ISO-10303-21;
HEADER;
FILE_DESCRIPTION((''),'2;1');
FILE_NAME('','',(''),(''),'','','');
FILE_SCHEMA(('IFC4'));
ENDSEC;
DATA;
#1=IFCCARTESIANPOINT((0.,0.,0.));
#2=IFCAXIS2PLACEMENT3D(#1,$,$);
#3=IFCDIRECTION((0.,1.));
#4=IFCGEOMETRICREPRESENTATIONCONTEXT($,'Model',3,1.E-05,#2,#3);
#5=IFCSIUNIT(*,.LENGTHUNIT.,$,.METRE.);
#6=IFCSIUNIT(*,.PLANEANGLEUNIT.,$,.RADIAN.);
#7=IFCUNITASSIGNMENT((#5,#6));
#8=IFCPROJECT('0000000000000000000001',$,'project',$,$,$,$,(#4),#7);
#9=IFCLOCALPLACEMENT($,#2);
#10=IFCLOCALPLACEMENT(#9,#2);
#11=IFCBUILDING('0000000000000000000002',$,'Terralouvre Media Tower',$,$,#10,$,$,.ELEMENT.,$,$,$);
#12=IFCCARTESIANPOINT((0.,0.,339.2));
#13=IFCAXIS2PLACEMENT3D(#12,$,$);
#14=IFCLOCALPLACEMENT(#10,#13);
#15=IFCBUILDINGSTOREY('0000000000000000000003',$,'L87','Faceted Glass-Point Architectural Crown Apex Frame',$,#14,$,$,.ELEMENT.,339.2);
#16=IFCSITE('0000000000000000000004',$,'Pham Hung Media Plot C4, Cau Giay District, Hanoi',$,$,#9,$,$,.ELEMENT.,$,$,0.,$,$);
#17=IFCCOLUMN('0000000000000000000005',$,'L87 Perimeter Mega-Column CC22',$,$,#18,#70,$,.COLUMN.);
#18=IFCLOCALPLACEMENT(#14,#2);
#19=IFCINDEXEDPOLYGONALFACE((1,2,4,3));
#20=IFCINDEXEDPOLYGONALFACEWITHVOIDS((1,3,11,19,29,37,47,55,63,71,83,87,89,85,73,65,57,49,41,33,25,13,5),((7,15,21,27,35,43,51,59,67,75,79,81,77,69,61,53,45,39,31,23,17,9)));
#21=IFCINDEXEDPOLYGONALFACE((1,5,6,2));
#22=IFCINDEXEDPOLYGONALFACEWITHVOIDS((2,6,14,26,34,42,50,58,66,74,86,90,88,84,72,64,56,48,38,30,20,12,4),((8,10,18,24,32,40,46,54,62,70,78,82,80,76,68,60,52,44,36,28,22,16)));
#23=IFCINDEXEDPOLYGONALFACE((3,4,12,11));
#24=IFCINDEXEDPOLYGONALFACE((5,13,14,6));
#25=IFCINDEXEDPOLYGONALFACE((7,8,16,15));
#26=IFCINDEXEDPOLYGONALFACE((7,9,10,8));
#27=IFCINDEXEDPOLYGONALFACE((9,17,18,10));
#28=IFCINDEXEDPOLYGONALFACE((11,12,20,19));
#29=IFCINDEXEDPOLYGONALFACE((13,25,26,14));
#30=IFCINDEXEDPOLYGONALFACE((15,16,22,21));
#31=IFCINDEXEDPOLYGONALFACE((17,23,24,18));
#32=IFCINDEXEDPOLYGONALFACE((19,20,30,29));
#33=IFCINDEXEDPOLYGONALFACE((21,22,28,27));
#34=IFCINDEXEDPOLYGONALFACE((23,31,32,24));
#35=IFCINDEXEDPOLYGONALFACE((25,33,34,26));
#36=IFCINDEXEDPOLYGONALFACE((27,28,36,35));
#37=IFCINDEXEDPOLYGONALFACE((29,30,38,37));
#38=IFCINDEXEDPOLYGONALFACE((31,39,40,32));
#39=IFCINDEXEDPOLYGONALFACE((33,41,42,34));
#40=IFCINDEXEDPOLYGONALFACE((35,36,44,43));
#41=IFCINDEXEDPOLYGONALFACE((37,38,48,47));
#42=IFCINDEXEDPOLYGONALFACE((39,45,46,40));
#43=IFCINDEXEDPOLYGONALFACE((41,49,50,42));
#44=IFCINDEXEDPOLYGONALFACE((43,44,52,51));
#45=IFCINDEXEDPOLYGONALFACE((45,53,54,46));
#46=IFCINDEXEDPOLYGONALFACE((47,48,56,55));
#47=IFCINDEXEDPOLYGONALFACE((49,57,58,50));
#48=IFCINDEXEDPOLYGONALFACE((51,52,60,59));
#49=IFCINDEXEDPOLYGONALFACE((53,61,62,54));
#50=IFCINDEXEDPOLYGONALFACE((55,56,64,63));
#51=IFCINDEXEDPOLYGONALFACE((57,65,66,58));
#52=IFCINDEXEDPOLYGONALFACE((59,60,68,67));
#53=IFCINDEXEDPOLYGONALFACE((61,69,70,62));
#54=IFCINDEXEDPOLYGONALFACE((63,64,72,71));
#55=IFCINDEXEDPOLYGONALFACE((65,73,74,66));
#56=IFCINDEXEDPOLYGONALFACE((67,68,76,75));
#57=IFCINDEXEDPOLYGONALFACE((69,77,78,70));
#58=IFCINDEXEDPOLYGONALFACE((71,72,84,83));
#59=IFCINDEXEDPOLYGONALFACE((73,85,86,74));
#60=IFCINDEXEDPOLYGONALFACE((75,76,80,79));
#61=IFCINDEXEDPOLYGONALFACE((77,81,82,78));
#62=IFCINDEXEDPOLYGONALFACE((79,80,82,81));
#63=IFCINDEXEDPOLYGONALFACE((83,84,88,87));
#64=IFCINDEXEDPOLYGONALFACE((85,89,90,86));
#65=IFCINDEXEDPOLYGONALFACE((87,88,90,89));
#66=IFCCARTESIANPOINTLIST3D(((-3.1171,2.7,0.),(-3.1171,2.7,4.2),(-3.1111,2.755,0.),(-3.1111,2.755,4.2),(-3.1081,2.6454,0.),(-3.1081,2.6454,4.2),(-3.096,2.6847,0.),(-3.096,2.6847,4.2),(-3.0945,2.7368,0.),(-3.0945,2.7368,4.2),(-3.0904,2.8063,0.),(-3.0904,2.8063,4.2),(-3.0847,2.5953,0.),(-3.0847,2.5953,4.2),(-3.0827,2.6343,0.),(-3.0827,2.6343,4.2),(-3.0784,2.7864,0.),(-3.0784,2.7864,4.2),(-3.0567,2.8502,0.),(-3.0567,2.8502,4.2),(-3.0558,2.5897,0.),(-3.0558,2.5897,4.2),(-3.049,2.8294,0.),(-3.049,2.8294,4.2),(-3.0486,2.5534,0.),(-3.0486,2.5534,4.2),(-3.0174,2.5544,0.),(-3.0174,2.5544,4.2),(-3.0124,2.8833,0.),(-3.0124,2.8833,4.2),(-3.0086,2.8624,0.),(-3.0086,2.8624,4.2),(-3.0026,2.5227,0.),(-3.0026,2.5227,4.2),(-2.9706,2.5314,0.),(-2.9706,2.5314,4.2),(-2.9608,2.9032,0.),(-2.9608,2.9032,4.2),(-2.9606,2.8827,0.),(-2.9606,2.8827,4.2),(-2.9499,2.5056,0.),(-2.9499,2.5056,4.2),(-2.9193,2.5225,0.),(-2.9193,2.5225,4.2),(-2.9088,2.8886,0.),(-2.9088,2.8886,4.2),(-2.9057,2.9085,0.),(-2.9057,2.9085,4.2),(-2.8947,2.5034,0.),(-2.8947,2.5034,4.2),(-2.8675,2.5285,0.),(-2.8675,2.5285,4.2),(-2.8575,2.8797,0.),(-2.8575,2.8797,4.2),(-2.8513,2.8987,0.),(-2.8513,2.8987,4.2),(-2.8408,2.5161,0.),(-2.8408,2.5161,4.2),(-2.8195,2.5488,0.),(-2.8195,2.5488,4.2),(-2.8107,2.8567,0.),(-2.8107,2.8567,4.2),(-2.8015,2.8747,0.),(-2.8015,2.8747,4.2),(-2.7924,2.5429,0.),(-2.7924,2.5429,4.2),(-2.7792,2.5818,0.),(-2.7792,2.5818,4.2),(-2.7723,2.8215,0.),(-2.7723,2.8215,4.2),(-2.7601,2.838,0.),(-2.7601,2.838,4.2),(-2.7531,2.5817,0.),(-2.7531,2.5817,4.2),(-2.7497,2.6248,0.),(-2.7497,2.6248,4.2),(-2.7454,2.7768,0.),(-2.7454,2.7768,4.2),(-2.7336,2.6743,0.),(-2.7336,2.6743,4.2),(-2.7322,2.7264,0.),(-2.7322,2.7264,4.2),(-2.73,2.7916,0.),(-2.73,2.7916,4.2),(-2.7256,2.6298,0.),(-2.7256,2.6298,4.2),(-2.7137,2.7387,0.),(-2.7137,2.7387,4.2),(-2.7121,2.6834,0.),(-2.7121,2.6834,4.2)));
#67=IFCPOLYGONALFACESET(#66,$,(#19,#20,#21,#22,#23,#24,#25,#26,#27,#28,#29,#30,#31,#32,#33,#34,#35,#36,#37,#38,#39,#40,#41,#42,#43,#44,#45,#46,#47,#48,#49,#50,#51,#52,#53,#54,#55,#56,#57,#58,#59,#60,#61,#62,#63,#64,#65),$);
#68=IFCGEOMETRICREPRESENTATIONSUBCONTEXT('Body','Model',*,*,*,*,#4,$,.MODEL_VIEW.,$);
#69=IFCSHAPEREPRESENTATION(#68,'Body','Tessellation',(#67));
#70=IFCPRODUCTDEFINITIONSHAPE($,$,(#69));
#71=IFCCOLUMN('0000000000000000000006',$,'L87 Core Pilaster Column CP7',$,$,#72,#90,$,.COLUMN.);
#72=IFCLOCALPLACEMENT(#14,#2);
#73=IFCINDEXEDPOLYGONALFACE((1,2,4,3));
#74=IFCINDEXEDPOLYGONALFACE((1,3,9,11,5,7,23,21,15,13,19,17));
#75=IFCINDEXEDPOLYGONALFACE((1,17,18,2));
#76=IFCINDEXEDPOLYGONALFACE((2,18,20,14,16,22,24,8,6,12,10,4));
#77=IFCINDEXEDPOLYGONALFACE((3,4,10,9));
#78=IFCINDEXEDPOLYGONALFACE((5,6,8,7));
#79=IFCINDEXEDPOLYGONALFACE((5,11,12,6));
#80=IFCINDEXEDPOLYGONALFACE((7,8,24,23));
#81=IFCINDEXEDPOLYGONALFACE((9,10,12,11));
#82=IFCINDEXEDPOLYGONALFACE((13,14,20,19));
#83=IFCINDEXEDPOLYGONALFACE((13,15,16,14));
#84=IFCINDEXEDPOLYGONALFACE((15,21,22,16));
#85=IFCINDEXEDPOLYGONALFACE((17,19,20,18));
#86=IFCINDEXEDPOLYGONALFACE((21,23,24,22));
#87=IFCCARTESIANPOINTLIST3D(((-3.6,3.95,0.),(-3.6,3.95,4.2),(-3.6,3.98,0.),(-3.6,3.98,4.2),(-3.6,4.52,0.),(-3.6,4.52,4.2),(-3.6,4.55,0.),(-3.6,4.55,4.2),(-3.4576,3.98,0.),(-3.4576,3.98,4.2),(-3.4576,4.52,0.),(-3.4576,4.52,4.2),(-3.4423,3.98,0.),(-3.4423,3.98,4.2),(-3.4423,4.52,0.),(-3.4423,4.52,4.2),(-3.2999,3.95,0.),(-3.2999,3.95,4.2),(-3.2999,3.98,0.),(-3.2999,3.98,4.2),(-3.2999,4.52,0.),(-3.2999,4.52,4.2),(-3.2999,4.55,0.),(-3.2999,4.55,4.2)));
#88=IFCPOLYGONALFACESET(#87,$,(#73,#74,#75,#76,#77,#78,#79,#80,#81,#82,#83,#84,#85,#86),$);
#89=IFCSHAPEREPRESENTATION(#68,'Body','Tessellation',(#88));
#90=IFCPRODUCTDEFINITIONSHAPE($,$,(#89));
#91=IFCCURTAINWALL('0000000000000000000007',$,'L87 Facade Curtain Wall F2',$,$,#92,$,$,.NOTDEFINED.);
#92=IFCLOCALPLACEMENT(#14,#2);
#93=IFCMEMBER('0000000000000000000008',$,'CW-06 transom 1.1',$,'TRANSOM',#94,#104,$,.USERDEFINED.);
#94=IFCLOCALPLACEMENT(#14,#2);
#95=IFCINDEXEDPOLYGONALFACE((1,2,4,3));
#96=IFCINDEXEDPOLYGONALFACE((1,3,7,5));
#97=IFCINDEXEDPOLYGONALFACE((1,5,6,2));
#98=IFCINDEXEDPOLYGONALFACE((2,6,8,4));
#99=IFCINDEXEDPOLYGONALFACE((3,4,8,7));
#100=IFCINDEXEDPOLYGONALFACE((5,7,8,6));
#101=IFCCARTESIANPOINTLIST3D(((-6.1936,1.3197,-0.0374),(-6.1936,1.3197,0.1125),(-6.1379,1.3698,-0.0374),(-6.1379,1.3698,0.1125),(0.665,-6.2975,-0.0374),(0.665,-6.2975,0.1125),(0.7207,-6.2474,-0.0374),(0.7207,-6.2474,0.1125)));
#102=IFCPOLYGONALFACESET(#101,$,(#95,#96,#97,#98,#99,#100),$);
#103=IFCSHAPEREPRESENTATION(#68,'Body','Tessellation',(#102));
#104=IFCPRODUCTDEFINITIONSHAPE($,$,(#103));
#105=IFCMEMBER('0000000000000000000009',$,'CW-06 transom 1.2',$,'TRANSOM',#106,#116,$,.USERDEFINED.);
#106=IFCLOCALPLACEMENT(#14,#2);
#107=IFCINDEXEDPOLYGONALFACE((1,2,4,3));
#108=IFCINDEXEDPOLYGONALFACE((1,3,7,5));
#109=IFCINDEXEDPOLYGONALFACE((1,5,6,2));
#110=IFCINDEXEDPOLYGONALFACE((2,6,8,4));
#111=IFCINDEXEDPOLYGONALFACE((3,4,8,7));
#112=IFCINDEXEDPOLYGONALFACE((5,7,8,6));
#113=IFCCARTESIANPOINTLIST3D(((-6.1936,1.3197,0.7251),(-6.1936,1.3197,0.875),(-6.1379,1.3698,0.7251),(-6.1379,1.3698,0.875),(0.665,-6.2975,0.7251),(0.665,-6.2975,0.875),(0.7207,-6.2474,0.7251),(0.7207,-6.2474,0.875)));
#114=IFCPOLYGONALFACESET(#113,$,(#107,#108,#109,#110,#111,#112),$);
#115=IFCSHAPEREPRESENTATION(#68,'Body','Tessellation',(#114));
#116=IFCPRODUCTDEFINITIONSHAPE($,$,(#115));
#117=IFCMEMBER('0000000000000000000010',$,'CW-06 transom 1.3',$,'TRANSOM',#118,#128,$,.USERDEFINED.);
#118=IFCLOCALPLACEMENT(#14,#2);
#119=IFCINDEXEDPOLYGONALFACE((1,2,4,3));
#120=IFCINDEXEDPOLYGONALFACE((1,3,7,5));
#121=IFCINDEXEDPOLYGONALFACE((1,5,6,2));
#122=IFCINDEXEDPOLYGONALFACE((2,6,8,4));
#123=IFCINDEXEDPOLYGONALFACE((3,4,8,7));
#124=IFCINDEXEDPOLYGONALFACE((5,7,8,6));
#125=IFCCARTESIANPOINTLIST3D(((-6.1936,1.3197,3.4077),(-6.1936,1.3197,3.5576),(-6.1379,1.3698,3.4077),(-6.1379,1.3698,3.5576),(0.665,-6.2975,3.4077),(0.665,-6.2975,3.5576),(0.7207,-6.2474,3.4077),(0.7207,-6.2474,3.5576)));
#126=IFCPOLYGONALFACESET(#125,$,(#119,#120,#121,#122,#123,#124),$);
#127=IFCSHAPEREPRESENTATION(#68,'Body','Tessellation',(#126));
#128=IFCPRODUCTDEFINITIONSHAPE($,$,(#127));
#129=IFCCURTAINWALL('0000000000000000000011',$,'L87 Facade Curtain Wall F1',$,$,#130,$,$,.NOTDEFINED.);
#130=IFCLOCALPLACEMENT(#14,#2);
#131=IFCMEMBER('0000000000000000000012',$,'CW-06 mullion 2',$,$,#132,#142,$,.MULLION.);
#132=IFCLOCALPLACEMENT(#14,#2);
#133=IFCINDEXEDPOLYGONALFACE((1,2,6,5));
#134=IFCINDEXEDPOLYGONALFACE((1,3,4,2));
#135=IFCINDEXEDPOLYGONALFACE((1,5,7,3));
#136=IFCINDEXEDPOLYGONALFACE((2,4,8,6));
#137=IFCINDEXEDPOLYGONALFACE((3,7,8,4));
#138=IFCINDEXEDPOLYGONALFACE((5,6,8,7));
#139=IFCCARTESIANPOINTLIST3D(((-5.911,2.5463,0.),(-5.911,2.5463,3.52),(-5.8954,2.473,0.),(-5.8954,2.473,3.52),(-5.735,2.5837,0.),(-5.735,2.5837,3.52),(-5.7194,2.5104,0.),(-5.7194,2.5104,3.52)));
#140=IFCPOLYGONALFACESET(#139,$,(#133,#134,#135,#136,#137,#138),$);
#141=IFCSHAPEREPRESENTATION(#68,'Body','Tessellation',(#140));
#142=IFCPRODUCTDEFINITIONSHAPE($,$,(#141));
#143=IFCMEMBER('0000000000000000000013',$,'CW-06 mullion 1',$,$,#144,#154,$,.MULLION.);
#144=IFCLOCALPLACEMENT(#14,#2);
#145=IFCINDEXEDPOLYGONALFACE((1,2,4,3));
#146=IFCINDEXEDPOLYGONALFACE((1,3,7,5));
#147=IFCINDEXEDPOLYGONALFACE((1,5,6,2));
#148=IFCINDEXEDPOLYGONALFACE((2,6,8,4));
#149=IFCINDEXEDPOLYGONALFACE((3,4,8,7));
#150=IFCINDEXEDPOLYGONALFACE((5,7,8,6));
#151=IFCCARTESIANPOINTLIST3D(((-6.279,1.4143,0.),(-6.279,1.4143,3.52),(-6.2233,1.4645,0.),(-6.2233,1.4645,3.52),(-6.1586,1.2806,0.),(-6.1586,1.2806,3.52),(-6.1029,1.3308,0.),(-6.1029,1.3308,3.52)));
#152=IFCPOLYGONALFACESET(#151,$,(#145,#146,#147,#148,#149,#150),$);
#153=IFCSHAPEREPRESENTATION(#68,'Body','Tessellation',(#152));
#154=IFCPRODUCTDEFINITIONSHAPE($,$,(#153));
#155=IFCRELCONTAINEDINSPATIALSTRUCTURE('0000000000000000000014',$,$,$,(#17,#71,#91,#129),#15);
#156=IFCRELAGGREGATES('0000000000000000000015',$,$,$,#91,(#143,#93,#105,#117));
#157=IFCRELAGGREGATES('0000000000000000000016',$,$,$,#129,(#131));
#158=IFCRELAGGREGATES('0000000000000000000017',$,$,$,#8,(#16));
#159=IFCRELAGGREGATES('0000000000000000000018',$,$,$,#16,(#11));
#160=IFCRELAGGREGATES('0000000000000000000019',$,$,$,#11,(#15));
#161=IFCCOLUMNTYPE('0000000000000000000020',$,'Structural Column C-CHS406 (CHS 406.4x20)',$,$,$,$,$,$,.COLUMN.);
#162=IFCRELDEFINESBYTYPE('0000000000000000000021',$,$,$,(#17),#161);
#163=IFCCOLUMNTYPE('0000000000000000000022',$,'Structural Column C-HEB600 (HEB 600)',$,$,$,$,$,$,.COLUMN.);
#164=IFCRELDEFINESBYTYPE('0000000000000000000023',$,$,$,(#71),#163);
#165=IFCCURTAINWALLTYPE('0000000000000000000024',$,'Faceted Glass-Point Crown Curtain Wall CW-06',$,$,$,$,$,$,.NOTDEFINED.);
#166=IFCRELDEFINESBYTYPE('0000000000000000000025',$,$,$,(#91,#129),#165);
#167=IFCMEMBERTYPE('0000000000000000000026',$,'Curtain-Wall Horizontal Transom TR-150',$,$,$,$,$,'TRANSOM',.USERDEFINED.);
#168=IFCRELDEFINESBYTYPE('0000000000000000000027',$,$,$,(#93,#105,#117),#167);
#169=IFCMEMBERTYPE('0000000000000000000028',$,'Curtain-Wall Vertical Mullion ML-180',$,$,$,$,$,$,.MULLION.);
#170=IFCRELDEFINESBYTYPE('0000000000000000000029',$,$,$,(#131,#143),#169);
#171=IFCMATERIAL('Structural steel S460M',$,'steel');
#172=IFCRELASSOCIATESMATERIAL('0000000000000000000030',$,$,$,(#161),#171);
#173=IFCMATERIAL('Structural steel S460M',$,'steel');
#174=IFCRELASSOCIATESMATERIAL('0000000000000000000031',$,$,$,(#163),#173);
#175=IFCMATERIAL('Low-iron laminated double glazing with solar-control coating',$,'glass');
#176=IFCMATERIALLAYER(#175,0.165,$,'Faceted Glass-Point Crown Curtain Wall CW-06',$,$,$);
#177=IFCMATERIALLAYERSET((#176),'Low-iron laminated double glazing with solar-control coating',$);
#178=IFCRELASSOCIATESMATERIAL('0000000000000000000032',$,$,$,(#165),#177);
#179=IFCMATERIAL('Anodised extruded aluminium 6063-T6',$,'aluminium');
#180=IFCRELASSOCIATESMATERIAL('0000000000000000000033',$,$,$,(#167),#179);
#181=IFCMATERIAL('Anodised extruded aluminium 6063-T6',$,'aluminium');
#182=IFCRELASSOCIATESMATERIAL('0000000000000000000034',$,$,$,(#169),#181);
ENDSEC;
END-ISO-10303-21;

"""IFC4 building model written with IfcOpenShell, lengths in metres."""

from ifc_helpers import new_model, si_unit, direction, frame, origin, origin_2d, place, context, subcontext, project, spatial, rectangle, hollow_circle, i_section, extrude, material, layer, layer_set, material_profile, profile_set, type_object, element, aggregate, save


model = new_model("IFC4")

# Units and contexts
model_context = context("Model", 3, precision=1e-05, world=origin(), true_north=direction((0.0, 1.0)))
body_context = subcontext(model_context, "Body", "Model", "MODEL_VIEW")
ifc_project = project(units=[si_unit("LENGTHUNIT", "METRE"), si_unit("PLANEANGLEUNIT", "RADIAN")], contexts=[model_context])

# Site, building, storey
site_placement = place(None, origin())
site = spatial("IfcSite", under=ifc_project, at=site_placement, Name="Pham Hung Media Plot C4, Cau Giay District, Hanoi", CompositionType="ELEMENT", RefElevation=0.0)
building_placement = place(site_placement, origin())
building = spatial("IfcBuilding", under=site, at=building_placement, Name="Terralouvre Media Tower", CompositionType="ELEMENT")
storey_placement = place(building_placement, frame((0.0, 0.0, 339.2)))
storey = spatial("IfcBuildingStorey", under=building, at=storey_placement, Name="L87", Description="Faceted Glass-Point Architectural Crown Apex Frame", CompositionType="ELEMENT", Elevation=339.2)

# Columns
ifc_material_1 = material(Name="Structural steel S460M", Category="steel")
ifc_material_profile_1 = material_profile(ifc_material_1, hollow_circle(Radius=0.2031, WallThickness=0.02, at=origin_2d()), Name="CHS 406.4x20")
ifc_profile_set_1 = profile_set([ifc_material_profile_1], Name="Structural steel S460M")
column_type_1 = type_object("IfcColumnType", Name="Structural Column C-CHS406 (CHS 406.4x20)", PredefinedType="COLUMN", material=ifc_profile_set_1)
column_1_placement = place(storey_placement, frame((-2.9141, 2.7056, 0.0), z_axis=(0.0, 0.0, 1.0), x_axis=(0.309017, 0.951057, 0.0)))
element("IfcColumn", 1, at=column_1_placement, inside=storey, type_object=column_type_1, Name="L87 Perimeter Mega-Column CC22", PredefinedType="COLUMN", context=body_context, shape_type="SweptSolid", body=[
    extrude(hollow_circle(Radius=0.2031, WallThickness=0.02, at=origin_2d()), origin(), (0.0, 0.0, 1.0), 4.2),
])
ifc_material_2 = material(Name="Structural steel S460M", Category="steel")
ifc_material_profile_2 = material_profile(ifc_material_2, i_section(OverallWidth=0.3, OverallDepth=0.6001, WebThickness=0.0154, FlangeThickness=0.03, at=origin_2d()), Name="HEB 600")
ifc_profile_set_2 = profile_set([ifc_material_profile_2], Name="Structural steel S460M")
column_type_2 = type_object("IfcColumnType", Name="Structural Column C-HEB600 (HEB 600)", PredefinedType="COLUMN", material=ifc_profile_set_2)
column_2_placement = place(storey_placement, frame((-3.45, 4.25, 0.0), z_axis=(0.0, 0.0, 1.0), x_axis=(1.0, 0.0, 0.0)))
element("IfcColumn", 2, at=column_2_placement, inside=storey, type_object=column_type_2, Name="L87 Core Pilaster Column CP7", PredefinedType="COLUMN", context=body_context, shape_type="SweptSolid", body=[
    extrude(i_section(OverallWidth=0.3, OverallDepth=0.6001, WebThickness=0.0154, FlangeThickness=0.03, at=origin_2d()), origin(), (0.0, 0.0, 1.0), 4.2),
])

# Curtain wall, members
ifc_material_3 = material(Name="Low-iron laminated double glazing with solar-control coating", Category="glass")
ifc_layer_1 = layer(ifc_material_3, 0.165, Name="Faceted Glass-Point Crown Curtain Wall CW-06")
ifc_layer_set_1 = layer_set([ifc_layer_1], Name="Low-iron laminated double glazing with solar-control coating")
curtain_wall_type = type_object("IfcCurtainWallType", Name="Faceted Glass-Point Crown Curtain Wall CW-06", PredefinedType="NOTDEFINED", material=ifc_layer_set_1)
curtain_wall_1_placement = place(storey_placement, origin())
curtain_wall_1 = element("IfcCurtainWall", 3, at=curtain_wall_1_placement, inside=storey, type_object=curtain_wall_type, Name="L87 Facade Curtain Wall F2", PredefinedType="NOTDEFINED")
ifc_material_4 = material(Name="Anodised extruded aluminium 6063-T6", Category="aluminium")
ifc_material_profile_3 = material_profile(ifc_material_4, rectangle(XDim=0.075, YDim=0.1499, at=origin_2d()), Name="ALU 75x150")
ifc_profile_set_3 = profile_set([ifc_material_profile_3], Name="Anodised extruded aluminium 6063-T6")
member_type_1 = type_object("IfcMemberType", Name="Curtain-Wall Horizontal Transom TR-150", ElementType="TRANSOM", PredefinedType="USERDEFINED", material=ifc_profile_set_3)
member_1_placement = place(storey_placement, frame((-6.1658, 1.3447, 0.0376), z_axis=(0.669136, -0.74314, 0.0), x_axis=(0.74314, 0.669136, 0.0)))
member_1 = element("IfcMember", 4, at=member_1_placement, type_object=member_type_1, Name="CW-06 transom 1.1", ObjectType="TRANSOM", PredefinedType="USERDEFINED", context=body_context, shape_type="SweptSolid", body=[
    extrude(rectangle(XDim=0.075, YDim=0.1499, at=origin_2d()), origin(), (0.0, 0.0, 1.0), 10.25),
])
member_2_placement = place(storey_placement, frame((-6.1658, 1.3447, 0.8), z_axis=(0.669136, -0.74314, 0.0), x_axis=(0.74314, 0.669136, 0.0)))
member_2 = element("IfcMember", 5, at=member_2_placement, type_object=member_type_1, Name="CW-06 transom 1.2", ObjectType="TRANSOM", PredefinedType="USERDEFINED", context=body_context, shape_type="SweptSolid", body=[
    extrude(rectangle(XDim=0.075, YDim=0.1499, at=origin_2d()), origin(), (0.0, 0.0, 1.0), 10.25),
])
member_3_placement = place(storey_placement, frame((-6.1658, 1.3447, 3.4827), z_axis=(0.669136, -0.74314, 0.0), x_axis=(0.74314, 0.669136, 0.0)))
member_3 = element("IfcMember", 6, at=member_3_placement, type_object=member_type_1, Name="CW-06 transom 1.3", ObjectType="TRANSOM", PredefinedType="USERDEFINED", context=body_context, shape_type="SweptSolid", body=[
    extrude(rectangle(XDim=0.075, YDim=0.1499, at=origin_2d()), origin(), (0.0, 0.0, 1.0), 10.25),
])

# Curtain wall, member
curtain_wall_2_placement = place(storey_placement, origin())
curtain_wall_2 = element("IfcCurtainWall", 7, at=curtain_wall_2_placement, inside=storey, type_object=curtain_wall_type, Name="L87 Facade Curtain Wall F1", PredefinedType="NOTDEFINED")
ifc_material_5 = material(Name="Anodised extruded aluminium 6063-T6", Category="aluminium")
ifc_material_profile_4 = material_profile(ifc_material_5, rectangle(XDim=0.075, YDim=0.1799, at=origin_2d()), Name="ALU 75x180")
ifc_profile_set_4 = profile_set([ifc_material_profile_4], Name="Anodised extruded aluminium 6063-T6")
member_type_2 = type_object("IfcMemberType", Name="Curtain-Wall Vertical Mullion ML-180", PredefinedType="MULLION", material=ifc_profile_set_4)
member_4_placement = place(storey_placement, frame((-5.8152, 2.5283, 0.0), z_axis=(0.0, 0.0, 1.0), x_axis=(0.207912, -0.978148, 0.0)))
member_4 = element("IfcMember", 8, at=member_4_placement, type_object=member_type_2, Name="CW-06 mullion 2", PredefinedType="MULLION", context=body_context, shape_type="SweptSolid", body=[
    extrude(rectangle(XDim=0.075, YDim=0.1799, at=origin_2d()), origin(), (0.0, 0.0, 1.0), 3.52),
])

# Member
member_5_placement = place(storey_placement, frame((-6.1909, 1.3726, 0.0), z_axis=(0.0, 0.0, 1.0), x_axis=(0.743145, 0.669131, 0.0)))
member_5 = element("IfcMember", 9, at=member_5_placement, type_object=member_type_2, Name="CW-06 mullion 1", PredefinedType="MULLION", context=body_context, shape_type="SweptSolid", body=[
    extrude(rectangle(XDim=0.075, YDim=0.1799, at=origin_2d()), origin(), (0.0, 0.0, 1.0), 3.52),
])
aggregate(curtain_wall_1, [member_5, member_1, member_2, member_3])

aggregate(curtain_wall_2, [member_4])

save(model, "model.ifc")
